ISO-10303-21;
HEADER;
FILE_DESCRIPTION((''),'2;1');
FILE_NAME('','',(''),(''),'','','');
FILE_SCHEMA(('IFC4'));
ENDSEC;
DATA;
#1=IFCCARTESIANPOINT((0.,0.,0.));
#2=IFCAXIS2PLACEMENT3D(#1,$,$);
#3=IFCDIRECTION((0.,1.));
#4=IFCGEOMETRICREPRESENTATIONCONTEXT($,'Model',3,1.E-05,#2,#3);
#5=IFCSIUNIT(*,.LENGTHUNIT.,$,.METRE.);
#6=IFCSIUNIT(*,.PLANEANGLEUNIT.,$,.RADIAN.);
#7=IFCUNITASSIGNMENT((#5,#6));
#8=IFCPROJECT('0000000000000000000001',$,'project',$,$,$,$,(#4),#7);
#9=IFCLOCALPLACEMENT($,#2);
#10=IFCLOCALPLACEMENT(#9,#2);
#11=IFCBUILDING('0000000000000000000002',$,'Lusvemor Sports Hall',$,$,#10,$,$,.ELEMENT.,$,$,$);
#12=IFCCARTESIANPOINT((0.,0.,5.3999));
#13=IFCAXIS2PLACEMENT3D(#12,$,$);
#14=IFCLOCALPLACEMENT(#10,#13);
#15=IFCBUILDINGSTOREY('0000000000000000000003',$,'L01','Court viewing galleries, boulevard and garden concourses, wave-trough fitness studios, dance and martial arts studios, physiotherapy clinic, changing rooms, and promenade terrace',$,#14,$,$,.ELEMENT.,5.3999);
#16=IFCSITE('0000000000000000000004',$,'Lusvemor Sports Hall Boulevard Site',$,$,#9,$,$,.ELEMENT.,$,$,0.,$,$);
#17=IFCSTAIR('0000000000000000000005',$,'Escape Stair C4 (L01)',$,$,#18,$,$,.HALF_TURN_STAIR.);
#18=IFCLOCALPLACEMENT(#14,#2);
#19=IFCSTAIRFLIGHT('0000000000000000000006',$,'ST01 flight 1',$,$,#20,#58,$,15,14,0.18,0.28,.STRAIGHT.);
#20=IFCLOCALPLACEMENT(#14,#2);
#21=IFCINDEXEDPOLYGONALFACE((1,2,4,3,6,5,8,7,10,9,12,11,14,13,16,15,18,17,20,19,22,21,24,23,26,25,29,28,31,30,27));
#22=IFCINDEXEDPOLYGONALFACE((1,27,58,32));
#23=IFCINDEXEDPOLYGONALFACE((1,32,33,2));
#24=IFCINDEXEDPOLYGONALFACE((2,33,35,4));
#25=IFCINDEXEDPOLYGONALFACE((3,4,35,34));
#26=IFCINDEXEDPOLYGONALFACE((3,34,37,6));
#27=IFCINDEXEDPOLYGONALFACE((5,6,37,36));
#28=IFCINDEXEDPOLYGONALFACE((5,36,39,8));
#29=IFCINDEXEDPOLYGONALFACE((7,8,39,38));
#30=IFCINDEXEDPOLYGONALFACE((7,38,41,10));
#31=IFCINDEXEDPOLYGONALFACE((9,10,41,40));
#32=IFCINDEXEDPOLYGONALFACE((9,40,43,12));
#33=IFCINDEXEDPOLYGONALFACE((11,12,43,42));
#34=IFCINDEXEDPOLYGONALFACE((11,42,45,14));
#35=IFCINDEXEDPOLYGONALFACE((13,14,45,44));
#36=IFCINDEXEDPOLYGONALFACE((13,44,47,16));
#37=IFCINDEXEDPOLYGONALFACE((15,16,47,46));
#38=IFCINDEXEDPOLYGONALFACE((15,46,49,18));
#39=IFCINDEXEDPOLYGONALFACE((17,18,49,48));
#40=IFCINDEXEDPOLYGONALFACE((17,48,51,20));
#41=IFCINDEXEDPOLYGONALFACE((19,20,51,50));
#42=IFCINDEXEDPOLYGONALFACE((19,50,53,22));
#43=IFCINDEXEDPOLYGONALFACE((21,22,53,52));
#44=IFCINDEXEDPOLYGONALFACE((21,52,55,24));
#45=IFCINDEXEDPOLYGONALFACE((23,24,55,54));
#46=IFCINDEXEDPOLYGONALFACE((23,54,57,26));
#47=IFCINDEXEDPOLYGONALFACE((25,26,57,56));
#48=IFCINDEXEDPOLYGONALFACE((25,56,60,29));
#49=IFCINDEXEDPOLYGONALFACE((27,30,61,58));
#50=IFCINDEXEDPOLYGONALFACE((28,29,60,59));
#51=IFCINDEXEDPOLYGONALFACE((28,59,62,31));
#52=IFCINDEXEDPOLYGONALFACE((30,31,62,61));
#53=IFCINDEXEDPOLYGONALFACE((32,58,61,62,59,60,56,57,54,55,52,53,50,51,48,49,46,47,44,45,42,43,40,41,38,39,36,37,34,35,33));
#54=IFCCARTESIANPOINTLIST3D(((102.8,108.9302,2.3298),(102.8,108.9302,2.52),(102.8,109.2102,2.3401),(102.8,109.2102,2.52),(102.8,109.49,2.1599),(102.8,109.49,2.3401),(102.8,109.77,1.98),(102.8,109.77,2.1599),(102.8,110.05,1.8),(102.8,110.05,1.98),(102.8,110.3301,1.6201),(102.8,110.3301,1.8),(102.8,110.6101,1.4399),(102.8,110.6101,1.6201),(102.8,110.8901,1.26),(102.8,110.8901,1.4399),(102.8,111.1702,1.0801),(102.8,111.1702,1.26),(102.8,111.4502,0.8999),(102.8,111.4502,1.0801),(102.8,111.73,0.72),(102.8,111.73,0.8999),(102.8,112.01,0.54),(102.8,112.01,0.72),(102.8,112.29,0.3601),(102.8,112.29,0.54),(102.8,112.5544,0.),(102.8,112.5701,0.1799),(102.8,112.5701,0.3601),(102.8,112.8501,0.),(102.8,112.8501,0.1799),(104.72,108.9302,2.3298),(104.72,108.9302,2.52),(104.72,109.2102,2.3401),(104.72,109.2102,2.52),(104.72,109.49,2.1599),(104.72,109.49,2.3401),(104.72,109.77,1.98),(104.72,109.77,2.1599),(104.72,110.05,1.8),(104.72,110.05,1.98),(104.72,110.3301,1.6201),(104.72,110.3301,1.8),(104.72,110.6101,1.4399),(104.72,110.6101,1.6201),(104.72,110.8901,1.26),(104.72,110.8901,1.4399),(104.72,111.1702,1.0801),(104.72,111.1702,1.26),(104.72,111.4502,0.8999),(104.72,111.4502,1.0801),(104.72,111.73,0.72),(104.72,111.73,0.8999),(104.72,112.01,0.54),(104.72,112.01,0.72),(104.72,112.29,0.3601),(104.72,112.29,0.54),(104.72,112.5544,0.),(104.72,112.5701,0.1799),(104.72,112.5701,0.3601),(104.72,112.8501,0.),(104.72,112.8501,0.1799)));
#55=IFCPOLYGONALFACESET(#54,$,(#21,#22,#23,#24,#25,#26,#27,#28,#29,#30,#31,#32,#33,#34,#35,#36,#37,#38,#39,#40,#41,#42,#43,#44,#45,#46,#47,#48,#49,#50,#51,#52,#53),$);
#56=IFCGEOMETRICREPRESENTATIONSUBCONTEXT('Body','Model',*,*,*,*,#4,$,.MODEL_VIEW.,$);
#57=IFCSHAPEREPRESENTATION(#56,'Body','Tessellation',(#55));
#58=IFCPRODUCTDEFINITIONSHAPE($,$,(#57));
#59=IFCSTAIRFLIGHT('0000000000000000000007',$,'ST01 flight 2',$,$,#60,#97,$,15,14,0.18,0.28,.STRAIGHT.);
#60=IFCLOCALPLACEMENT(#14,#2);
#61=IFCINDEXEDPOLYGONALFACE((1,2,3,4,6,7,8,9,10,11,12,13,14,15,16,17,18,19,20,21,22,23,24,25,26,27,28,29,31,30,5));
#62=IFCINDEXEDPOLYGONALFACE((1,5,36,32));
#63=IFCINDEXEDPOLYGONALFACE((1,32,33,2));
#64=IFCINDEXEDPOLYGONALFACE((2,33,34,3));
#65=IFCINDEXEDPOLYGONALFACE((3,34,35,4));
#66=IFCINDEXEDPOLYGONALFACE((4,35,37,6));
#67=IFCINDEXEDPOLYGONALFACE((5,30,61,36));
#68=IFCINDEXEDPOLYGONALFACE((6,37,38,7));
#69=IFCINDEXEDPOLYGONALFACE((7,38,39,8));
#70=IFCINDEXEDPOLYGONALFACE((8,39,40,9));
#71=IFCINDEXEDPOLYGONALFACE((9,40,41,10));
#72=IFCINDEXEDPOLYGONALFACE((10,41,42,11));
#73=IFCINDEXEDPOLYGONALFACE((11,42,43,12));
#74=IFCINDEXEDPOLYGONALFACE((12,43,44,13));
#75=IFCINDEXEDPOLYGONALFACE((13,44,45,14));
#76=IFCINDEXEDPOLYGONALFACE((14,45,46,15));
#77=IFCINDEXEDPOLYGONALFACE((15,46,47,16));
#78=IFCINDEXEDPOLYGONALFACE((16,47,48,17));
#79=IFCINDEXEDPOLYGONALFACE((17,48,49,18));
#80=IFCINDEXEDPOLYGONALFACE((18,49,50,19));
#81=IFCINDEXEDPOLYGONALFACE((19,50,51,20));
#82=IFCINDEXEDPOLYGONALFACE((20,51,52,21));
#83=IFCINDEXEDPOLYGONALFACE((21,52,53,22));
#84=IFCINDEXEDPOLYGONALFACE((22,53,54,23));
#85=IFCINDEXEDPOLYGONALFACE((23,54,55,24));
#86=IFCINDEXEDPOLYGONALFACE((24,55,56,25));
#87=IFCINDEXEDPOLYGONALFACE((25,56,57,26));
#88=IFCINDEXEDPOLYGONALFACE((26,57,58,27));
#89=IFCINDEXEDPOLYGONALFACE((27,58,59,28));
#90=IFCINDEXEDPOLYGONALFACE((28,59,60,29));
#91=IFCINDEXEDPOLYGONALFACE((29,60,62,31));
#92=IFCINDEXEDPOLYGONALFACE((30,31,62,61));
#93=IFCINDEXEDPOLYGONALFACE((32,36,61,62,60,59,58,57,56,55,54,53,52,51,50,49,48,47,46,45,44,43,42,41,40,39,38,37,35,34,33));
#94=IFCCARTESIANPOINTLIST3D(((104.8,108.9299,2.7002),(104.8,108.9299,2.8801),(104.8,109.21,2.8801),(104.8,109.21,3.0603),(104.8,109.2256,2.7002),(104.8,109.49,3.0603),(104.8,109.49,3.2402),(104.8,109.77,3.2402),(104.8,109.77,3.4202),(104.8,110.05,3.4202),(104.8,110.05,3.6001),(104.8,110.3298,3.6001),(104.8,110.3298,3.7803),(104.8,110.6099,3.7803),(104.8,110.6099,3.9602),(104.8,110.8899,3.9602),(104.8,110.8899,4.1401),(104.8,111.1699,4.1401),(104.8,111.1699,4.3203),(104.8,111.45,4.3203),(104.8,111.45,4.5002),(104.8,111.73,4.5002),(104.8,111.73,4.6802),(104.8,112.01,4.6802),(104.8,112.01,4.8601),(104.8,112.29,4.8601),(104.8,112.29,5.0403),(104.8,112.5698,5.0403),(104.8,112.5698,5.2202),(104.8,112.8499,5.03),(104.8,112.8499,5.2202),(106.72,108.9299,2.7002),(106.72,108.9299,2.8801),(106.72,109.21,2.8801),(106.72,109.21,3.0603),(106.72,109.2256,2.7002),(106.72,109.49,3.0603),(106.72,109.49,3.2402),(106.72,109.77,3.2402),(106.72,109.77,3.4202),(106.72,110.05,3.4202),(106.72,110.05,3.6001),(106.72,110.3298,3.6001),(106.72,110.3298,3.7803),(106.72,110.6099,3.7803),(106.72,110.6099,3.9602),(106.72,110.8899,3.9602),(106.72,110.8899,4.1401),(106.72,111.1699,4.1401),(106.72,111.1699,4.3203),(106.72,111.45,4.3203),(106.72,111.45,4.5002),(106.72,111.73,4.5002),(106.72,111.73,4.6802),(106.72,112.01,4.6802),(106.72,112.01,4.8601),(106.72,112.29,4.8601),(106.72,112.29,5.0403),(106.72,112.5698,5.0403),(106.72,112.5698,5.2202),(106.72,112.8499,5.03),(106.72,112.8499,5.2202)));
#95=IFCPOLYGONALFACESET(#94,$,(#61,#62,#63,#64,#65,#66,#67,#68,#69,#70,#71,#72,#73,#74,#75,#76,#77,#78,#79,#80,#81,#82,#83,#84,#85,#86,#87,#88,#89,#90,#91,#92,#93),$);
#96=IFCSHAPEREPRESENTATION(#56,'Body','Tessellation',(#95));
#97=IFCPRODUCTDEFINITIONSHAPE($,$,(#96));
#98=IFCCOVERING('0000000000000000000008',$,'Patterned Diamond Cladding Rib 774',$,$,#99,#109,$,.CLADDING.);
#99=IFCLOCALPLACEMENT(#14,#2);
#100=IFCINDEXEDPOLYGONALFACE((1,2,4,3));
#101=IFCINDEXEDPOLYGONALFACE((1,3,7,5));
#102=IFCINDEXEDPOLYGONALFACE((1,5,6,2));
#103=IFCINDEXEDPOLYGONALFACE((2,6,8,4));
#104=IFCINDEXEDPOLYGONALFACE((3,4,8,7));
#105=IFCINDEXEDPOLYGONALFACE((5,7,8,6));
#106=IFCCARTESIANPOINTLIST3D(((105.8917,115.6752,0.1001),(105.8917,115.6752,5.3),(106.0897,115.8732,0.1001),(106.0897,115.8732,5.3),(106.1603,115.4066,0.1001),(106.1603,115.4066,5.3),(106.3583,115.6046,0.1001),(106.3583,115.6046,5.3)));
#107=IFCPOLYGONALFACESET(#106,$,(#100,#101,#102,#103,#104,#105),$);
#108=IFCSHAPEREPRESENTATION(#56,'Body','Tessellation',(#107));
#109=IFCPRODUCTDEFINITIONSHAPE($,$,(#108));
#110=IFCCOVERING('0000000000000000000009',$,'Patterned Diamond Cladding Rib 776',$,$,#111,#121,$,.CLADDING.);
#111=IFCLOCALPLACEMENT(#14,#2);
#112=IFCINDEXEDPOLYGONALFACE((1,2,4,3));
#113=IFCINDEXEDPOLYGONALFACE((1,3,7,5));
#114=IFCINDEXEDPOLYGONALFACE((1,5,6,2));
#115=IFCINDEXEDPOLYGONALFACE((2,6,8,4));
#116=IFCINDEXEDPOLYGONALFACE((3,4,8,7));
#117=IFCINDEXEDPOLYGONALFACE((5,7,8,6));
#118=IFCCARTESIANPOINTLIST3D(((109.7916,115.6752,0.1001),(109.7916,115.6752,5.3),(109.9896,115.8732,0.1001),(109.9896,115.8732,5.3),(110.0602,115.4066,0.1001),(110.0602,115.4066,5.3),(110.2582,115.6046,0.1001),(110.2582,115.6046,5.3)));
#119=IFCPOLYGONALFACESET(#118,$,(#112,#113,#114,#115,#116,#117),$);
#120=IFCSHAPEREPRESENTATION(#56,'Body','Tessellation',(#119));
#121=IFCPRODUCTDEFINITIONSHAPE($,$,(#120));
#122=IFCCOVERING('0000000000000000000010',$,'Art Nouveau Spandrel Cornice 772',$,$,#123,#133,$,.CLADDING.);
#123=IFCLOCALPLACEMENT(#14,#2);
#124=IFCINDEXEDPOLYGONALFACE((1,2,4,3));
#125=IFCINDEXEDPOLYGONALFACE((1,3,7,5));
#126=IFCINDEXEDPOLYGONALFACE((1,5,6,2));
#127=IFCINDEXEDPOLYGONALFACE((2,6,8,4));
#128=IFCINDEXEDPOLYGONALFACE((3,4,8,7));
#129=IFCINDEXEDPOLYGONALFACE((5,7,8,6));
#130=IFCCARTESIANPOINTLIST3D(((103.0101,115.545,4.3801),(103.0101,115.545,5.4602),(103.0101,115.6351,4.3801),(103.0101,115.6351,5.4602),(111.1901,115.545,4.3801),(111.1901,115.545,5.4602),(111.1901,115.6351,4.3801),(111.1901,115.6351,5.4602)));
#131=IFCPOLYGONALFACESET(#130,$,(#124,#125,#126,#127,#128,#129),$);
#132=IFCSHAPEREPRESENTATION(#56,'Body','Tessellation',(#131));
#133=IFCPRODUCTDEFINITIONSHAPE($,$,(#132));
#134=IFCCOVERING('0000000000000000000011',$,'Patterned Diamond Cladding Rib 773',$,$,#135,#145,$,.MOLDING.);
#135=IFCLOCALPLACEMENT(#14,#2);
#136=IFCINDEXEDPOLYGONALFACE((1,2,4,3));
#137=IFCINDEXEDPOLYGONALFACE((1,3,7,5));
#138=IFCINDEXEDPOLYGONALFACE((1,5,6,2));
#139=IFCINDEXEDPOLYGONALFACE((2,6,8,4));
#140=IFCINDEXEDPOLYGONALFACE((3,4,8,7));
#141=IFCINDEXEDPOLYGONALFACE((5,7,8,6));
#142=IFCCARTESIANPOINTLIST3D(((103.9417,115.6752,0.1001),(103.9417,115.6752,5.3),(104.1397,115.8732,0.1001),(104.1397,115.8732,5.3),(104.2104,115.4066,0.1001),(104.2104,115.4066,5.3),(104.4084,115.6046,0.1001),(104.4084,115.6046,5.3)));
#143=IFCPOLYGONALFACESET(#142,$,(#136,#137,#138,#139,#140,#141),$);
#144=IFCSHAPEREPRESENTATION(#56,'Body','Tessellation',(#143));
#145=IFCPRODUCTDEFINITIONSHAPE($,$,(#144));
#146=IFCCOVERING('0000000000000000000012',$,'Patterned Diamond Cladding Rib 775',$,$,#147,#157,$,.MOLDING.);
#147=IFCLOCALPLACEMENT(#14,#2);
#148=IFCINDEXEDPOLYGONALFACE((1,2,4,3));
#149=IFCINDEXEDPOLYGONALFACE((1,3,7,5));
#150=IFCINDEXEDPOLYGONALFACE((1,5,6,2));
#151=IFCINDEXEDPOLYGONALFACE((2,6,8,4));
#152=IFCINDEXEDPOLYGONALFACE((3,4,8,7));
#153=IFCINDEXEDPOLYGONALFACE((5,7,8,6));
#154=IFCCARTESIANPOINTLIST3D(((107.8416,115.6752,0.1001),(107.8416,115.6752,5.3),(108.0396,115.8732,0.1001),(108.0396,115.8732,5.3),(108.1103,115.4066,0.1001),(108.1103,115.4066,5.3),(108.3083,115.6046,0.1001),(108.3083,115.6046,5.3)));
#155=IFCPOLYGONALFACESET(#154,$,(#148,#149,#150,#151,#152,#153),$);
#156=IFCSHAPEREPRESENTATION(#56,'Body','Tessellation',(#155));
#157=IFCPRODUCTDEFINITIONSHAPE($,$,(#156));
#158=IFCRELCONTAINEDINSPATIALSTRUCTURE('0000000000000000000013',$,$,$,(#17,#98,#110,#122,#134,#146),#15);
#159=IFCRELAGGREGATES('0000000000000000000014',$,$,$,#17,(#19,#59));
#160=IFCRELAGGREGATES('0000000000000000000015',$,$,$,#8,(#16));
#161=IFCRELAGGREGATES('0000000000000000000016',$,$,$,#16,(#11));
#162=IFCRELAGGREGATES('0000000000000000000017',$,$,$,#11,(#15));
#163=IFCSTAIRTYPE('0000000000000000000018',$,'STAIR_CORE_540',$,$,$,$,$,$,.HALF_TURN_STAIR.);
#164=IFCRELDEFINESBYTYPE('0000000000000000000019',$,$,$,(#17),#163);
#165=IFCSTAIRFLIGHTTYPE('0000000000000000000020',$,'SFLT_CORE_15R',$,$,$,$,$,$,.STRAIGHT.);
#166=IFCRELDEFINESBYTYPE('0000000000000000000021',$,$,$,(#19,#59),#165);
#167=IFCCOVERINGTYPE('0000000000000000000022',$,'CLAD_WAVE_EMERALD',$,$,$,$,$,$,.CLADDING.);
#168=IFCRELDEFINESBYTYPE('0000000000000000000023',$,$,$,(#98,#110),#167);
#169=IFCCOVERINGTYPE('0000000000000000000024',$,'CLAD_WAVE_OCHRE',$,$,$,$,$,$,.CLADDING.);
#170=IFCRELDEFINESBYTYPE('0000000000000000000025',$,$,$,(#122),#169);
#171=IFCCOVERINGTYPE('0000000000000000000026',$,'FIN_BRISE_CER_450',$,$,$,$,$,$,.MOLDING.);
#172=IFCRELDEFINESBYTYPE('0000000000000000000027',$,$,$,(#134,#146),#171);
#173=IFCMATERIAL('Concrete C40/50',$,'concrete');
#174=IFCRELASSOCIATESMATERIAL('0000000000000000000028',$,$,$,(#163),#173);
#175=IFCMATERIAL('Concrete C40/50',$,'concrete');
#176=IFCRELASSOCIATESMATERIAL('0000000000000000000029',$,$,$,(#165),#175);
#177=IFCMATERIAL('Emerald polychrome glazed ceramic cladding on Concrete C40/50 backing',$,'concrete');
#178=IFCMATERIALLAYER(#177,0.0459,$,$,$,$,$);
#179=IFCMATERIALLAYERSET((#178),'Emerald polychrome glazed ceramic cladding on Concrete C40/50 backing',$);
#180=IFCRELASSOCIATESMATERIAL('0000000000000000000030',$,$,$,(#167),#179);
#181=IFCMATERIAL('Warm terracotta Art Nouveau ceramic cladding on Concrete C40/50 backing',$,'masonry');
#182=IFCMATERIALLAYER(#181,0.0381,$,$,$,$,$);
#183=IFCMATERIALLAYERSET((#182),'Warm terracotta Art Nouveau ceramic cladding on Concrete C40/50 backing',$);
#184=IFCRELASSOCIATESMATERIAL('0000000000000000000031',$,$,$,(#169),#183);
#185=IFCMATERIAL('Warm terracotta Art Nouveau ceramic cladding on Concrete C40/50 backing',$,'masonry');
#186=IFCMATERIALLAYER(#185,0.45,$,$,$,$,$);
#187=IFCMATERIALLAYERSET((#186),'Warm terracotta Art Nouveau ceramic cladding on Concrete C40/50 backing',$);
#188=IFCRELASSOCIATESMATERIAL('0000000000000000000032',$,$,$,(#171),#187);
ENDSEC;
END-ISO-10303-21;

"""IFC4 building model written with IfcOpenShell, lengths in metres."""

from ifc_helpers import new_model, si_unit, direction, frame, origin, origin_2d, place, context, subcontext, project, spatial, polyline, rectangle, outline, extrude, material, layer, layer_set, type_object, element, aggregate, save


model = new_model("IFC4")

# Units and contexts
model_context = context("Model", 3, precision=1e-05, world=origin(), true_north=direction((0.0, 1.0)))
body_context = subcontext(model_context, "Body", "Model", "MODEL_VIEW")
ifc_project = project(units=[si_unit("LENGTHUNIT", "METRE"), si_unit("PLANEANGLEUNIT", "RADIAN")], contexts=[model_context])

# Site, building, storey
site_placement = place(None, origin())
site = spatial("IfcSite", under=ifc_project, at=site_placement, Name="Lusvemor Sports Hall Boulevard Site", CompositionType="ELEMENT", RefElevation=0.0)
building_placement = place(site_placement, origin())
building = spatial("IfcBuilding", under=site, at=building_placement, Name="Lusvemor Sports Hall", CompositionType="ELEMENT")
storey_placement = place(building_placement, frame((0.0, 0.0, 5.3999)))
storey = spatial("IfcBuildingStorey", under=building, at=storey_placement, Name="L01", Description="Court viewing galleries, boulevard and garden concourses, wave-trough fitness studios, dance and martial arts studios, physiotherapy clinic, changing rooms, and promenade terrace", CompositionType="ELEMENT", Elevation=5.3999)

# Stair, stair flights
ifc_material_1 = material(Name="Concrete C40/50", Category="concrete")
stair_type = type_object("IfcStairType", Name="STAIR_CORE_540", PredefinedType="HALF_TURN_STAIR", material=ifc_material_1)
stair_placement = place(storey_placement, origin())
stair = element("IfcStair", 1, at=stair_placement, inside=storey, type_object=stair_type, Name="Escape Stair C4 (L01)", PredefinedType="HALF_TURN_STAIR")
ifc_material_2 = material(Name="Concrete C40/50", Category="concrete")
stair_flight_type = type_object("IfcStairFlightType", Name="SFLT_CORE_15R", PredefinedType="STRAIGHT", material=ifc_material_2)
stair_flight_1_placement = place(storey_placement, frame((103.76, 112.8501, 0.0), z_axis=(0.0, 0.0, 1.0), x_axis=(0.0, -1.0, 0.0)))
stair_flight_1 = element("IfcStairFlight", 2, at=stair_flight_1_placement, type_object=stair_flight_type, Name="ST01 flight 1", NumberOfRisers=15, NumberOfTreads=14, PredefinedType="STRAIGHT", RiserHeight=0.18, TreadLength=0.28, context=body_context, shape_type="SweptSolid", body=[
    extrude(outline(polyline([(0.0, 0.0), (0.0, 0.1799), (0.28, 0.1799), (0.28, 0.3601), (0.5601, 0.3601), (0.5601, 0.54), (0.8401, 0.54), (0.8401, 0.72), (1.1201, 0.72), (1.1201, 0.8999), (1.3999, 0.8999), (1.3999, 1.0801), (1.6799, 1.0801), (1.6799, 1.26), (1.96, 1.26), (1.96, 1.4399), (2.24, 1.4399), (2.24, 1.6201), (2.52, 1.6201), (2.52, 1.8), (2.8, 1.8), (2.8, 1.98), (3.0801, 1.98), (3.0801, 2.1599), (3.3601, 2.1599), (3.3601, 2.3401), (3.6399, 2.3401), (3.6399, 2.52), (3.9199, 2.52), (3.9199, 2.7), (3.9199, 2.3298), (0.2957, 0.0), (0.0, 0.0)])), frame((0.0, 0.96, 0.0), z_axis=(0.0, -1.0, 0.0), x_axis=(1.0, 0.0, 0.0)), (0.0, 0.0, 1.0), 1.9199),
])
stair_flight_2_placement = place(storey_placement, frame((105.76, 108.9299, 2.7002), z_axis=(0.0, 0.0, 1.0), x_axis=(0.0, 1.0, 0.0)))
stair_flight_2 = element("IfcStairFlight", 3, at=stair_flight_2_placement, type_object=stair_flight_type, Name="ST01 flight 2", NumberOfRisers=15, NumberOfTreads=14, PredefinedType="STRAIGHT", RiserHeight=0.18, TreadLength=0.28, context=body_context, shape_type="SweptSolid", body=[
    extrude(outline(polyline([(0.0, 0.0), (0.0, 0.1799), (0.28, 0.1799), (0.28, 0.3601), (0.5601, 0.3601), (0.5601, 0.54), (0.8401, 0.54), (0.8401, 0.72), (1.1201, 0.72), (1.1201, 0.8999), (1.3999, 0.8999), (1.3999, 1.0801), (1.6799, 1.0801), (1.6799, 1.26), (1.96, 1.26), (1.96, 1.4399), (2.24, 1.4399), (2.24, 1.6201), (2.52, 1.6201), (2.52, 1.8), (2.8, 1.8), (2.8, 1.98), (3.0801, 1.98), (3.0801, 2.1599), (3.3601, 2.1599), (3.3601, 2.3401), (3.6399, 2.3401), (3.6399, 2.52), (3.9199, 2.52), (3.9199, 2.7), (3.9199, 2.3298), (0.2957, 0.0), (0.0, 0.0)])), frame((0.0, 0.96, 0.0), z_axis=(0.0, -1.0, 0.0), x_axis=(1.0, 0.0, 0.0)), (0.0, 0.0, 1.0), 1.9199),
])
aggregate(stair, [stair_flight_1, stair_flight_2])

# Coverings
ifc_material_3 = material(Name="Emerald polychrome glazed ceramic cladding on Concrete C40/50 backing", Category="concrete")
ifc_layer_1 = layer(ifc_material_3, 0.0459)
ifc_layer_set_1 = layer_set([ifc_layer_1], Name="Emerald polychrome glazed ceramic cladding on Concrete C40/50 backing")
covering_type_1 = type_object("IfcCoveringType", Name="CLAD_WAVE_EMERALD", PredefinedType="CLADDING", material=ifc_layer_set_1)
for number, where, z_axis, x_axis, name in (
    (4, (106.125, 115.6399, 0.1001), (0.0, 0.0, 1.0), (0.707107, 0.707107, 0.0), "Patterned Diamond Cladding Rib 774"),
    (5, (110.0249, 115.6399, 0.1001), (0.0, 0.0, 1.0), (0.707107, 0.707107, 0.0), "Patterned Diamond Cladding Rib 776"),
):
    element("IfcCovering", number, at=place(storey_placement, frame(where, z_axis=z_axis, x_axis=x_axis)), inside=storey, type_object=covering_type_1, Name=name, PredefinedType="CLADDING", context=body_context, shape_type="SweptSolid", body=[
        extrude(rectangle(XDim=0.28, YDim=0.3799, at=origin_2d()), origin(), (0.0, 0.0, 1.0), 5.2),
    ])
ifc_material_4 = material(Name="Warm terracotta Art Nouveau ceramic cladding on Concrete C40/50 backing", Category="masonry")
ifc_layer_2 = layer(ifc_material_4, 0.0381)
ifc_layer_set_2 = layer_set([ifc_layer_2], Name="Warm terracotta Art Nouveau ceramic cladding on Concrete C40/50 backing")
covering_type_2 = type_object("IfcCoveringType", Name="CLAD_WAVE_OCHRE", PredefinedType="CLADDING", material=ifc_layer_set_2)
covering_placement = place(storey_placement, frame((107.1001, 115.5901, 4.3801), z_axis=(0.0, 0.0, 1.0), x_axis=(1.0, 0.0, 0.0)))
element("IfcCovering", 6, at=covering_placement, inside=storey, type_object=covering_type_2, Name="Art Nouveau Spandrel Cornice 772", PredefinedType="CLADDING", context=body_context, shape_type="SweptSolid", body=[
    extrude(rectangle(XDim=8.1799, YDim=0.0901, at=origin_2d()), origin(), (0.0, 0.0, 1.0), 1.0801),
])
ifc_material_5 = material(Name="Warm terracotta Art Nouveau ceramic cladding on Concrete C40/50 backing", Category="masonry")
ifc_layer_3 = layer(ifc_material_5, 0.45)
ifc_layer_set_3 = layer_set([ifc_layer_3], Name="Warm terracotta Art Nouveau ceramic cladding on Concrete C40/50 backing")
covering_type_3 = type_object("IfcCoveringType", Name="FIN_BRISE_CER_450", PredefinedType="MOLDING", material=ifc_layer_set_3)
for number, where, z_axis, x_axis, name in (
    (7, (104.175, 115.6399, 0.1001), (0.0, 0.0, 1.0), (0.707107, 0.707107, 0.0), "Patterned Diamond Cladding Rib 773"),
    (8, (108.075, 115.6399, 0.1001), (0.0, 0.0, 1.0), (0.707107, 0.707107, 0.0), "Patterned Diamond Cladding Rib 775"),
):
    element("IfcCovering", number, at=place(storey_placement, frame(where, z_axis=z_axis, x_axis=x_axis)), inside=storey, type_object=covering_type_3, Name=name, PredefinedType="MOLDING", context=body_context, shape_type="SweptSolid", body=[
        extrude(rectangle(XDim=0.28, YDim=0.3799, at=origin_2d()), origin(), (0.0, 0.0, 1.0), 5.2),
    ])

save(model, "model.ifc")
